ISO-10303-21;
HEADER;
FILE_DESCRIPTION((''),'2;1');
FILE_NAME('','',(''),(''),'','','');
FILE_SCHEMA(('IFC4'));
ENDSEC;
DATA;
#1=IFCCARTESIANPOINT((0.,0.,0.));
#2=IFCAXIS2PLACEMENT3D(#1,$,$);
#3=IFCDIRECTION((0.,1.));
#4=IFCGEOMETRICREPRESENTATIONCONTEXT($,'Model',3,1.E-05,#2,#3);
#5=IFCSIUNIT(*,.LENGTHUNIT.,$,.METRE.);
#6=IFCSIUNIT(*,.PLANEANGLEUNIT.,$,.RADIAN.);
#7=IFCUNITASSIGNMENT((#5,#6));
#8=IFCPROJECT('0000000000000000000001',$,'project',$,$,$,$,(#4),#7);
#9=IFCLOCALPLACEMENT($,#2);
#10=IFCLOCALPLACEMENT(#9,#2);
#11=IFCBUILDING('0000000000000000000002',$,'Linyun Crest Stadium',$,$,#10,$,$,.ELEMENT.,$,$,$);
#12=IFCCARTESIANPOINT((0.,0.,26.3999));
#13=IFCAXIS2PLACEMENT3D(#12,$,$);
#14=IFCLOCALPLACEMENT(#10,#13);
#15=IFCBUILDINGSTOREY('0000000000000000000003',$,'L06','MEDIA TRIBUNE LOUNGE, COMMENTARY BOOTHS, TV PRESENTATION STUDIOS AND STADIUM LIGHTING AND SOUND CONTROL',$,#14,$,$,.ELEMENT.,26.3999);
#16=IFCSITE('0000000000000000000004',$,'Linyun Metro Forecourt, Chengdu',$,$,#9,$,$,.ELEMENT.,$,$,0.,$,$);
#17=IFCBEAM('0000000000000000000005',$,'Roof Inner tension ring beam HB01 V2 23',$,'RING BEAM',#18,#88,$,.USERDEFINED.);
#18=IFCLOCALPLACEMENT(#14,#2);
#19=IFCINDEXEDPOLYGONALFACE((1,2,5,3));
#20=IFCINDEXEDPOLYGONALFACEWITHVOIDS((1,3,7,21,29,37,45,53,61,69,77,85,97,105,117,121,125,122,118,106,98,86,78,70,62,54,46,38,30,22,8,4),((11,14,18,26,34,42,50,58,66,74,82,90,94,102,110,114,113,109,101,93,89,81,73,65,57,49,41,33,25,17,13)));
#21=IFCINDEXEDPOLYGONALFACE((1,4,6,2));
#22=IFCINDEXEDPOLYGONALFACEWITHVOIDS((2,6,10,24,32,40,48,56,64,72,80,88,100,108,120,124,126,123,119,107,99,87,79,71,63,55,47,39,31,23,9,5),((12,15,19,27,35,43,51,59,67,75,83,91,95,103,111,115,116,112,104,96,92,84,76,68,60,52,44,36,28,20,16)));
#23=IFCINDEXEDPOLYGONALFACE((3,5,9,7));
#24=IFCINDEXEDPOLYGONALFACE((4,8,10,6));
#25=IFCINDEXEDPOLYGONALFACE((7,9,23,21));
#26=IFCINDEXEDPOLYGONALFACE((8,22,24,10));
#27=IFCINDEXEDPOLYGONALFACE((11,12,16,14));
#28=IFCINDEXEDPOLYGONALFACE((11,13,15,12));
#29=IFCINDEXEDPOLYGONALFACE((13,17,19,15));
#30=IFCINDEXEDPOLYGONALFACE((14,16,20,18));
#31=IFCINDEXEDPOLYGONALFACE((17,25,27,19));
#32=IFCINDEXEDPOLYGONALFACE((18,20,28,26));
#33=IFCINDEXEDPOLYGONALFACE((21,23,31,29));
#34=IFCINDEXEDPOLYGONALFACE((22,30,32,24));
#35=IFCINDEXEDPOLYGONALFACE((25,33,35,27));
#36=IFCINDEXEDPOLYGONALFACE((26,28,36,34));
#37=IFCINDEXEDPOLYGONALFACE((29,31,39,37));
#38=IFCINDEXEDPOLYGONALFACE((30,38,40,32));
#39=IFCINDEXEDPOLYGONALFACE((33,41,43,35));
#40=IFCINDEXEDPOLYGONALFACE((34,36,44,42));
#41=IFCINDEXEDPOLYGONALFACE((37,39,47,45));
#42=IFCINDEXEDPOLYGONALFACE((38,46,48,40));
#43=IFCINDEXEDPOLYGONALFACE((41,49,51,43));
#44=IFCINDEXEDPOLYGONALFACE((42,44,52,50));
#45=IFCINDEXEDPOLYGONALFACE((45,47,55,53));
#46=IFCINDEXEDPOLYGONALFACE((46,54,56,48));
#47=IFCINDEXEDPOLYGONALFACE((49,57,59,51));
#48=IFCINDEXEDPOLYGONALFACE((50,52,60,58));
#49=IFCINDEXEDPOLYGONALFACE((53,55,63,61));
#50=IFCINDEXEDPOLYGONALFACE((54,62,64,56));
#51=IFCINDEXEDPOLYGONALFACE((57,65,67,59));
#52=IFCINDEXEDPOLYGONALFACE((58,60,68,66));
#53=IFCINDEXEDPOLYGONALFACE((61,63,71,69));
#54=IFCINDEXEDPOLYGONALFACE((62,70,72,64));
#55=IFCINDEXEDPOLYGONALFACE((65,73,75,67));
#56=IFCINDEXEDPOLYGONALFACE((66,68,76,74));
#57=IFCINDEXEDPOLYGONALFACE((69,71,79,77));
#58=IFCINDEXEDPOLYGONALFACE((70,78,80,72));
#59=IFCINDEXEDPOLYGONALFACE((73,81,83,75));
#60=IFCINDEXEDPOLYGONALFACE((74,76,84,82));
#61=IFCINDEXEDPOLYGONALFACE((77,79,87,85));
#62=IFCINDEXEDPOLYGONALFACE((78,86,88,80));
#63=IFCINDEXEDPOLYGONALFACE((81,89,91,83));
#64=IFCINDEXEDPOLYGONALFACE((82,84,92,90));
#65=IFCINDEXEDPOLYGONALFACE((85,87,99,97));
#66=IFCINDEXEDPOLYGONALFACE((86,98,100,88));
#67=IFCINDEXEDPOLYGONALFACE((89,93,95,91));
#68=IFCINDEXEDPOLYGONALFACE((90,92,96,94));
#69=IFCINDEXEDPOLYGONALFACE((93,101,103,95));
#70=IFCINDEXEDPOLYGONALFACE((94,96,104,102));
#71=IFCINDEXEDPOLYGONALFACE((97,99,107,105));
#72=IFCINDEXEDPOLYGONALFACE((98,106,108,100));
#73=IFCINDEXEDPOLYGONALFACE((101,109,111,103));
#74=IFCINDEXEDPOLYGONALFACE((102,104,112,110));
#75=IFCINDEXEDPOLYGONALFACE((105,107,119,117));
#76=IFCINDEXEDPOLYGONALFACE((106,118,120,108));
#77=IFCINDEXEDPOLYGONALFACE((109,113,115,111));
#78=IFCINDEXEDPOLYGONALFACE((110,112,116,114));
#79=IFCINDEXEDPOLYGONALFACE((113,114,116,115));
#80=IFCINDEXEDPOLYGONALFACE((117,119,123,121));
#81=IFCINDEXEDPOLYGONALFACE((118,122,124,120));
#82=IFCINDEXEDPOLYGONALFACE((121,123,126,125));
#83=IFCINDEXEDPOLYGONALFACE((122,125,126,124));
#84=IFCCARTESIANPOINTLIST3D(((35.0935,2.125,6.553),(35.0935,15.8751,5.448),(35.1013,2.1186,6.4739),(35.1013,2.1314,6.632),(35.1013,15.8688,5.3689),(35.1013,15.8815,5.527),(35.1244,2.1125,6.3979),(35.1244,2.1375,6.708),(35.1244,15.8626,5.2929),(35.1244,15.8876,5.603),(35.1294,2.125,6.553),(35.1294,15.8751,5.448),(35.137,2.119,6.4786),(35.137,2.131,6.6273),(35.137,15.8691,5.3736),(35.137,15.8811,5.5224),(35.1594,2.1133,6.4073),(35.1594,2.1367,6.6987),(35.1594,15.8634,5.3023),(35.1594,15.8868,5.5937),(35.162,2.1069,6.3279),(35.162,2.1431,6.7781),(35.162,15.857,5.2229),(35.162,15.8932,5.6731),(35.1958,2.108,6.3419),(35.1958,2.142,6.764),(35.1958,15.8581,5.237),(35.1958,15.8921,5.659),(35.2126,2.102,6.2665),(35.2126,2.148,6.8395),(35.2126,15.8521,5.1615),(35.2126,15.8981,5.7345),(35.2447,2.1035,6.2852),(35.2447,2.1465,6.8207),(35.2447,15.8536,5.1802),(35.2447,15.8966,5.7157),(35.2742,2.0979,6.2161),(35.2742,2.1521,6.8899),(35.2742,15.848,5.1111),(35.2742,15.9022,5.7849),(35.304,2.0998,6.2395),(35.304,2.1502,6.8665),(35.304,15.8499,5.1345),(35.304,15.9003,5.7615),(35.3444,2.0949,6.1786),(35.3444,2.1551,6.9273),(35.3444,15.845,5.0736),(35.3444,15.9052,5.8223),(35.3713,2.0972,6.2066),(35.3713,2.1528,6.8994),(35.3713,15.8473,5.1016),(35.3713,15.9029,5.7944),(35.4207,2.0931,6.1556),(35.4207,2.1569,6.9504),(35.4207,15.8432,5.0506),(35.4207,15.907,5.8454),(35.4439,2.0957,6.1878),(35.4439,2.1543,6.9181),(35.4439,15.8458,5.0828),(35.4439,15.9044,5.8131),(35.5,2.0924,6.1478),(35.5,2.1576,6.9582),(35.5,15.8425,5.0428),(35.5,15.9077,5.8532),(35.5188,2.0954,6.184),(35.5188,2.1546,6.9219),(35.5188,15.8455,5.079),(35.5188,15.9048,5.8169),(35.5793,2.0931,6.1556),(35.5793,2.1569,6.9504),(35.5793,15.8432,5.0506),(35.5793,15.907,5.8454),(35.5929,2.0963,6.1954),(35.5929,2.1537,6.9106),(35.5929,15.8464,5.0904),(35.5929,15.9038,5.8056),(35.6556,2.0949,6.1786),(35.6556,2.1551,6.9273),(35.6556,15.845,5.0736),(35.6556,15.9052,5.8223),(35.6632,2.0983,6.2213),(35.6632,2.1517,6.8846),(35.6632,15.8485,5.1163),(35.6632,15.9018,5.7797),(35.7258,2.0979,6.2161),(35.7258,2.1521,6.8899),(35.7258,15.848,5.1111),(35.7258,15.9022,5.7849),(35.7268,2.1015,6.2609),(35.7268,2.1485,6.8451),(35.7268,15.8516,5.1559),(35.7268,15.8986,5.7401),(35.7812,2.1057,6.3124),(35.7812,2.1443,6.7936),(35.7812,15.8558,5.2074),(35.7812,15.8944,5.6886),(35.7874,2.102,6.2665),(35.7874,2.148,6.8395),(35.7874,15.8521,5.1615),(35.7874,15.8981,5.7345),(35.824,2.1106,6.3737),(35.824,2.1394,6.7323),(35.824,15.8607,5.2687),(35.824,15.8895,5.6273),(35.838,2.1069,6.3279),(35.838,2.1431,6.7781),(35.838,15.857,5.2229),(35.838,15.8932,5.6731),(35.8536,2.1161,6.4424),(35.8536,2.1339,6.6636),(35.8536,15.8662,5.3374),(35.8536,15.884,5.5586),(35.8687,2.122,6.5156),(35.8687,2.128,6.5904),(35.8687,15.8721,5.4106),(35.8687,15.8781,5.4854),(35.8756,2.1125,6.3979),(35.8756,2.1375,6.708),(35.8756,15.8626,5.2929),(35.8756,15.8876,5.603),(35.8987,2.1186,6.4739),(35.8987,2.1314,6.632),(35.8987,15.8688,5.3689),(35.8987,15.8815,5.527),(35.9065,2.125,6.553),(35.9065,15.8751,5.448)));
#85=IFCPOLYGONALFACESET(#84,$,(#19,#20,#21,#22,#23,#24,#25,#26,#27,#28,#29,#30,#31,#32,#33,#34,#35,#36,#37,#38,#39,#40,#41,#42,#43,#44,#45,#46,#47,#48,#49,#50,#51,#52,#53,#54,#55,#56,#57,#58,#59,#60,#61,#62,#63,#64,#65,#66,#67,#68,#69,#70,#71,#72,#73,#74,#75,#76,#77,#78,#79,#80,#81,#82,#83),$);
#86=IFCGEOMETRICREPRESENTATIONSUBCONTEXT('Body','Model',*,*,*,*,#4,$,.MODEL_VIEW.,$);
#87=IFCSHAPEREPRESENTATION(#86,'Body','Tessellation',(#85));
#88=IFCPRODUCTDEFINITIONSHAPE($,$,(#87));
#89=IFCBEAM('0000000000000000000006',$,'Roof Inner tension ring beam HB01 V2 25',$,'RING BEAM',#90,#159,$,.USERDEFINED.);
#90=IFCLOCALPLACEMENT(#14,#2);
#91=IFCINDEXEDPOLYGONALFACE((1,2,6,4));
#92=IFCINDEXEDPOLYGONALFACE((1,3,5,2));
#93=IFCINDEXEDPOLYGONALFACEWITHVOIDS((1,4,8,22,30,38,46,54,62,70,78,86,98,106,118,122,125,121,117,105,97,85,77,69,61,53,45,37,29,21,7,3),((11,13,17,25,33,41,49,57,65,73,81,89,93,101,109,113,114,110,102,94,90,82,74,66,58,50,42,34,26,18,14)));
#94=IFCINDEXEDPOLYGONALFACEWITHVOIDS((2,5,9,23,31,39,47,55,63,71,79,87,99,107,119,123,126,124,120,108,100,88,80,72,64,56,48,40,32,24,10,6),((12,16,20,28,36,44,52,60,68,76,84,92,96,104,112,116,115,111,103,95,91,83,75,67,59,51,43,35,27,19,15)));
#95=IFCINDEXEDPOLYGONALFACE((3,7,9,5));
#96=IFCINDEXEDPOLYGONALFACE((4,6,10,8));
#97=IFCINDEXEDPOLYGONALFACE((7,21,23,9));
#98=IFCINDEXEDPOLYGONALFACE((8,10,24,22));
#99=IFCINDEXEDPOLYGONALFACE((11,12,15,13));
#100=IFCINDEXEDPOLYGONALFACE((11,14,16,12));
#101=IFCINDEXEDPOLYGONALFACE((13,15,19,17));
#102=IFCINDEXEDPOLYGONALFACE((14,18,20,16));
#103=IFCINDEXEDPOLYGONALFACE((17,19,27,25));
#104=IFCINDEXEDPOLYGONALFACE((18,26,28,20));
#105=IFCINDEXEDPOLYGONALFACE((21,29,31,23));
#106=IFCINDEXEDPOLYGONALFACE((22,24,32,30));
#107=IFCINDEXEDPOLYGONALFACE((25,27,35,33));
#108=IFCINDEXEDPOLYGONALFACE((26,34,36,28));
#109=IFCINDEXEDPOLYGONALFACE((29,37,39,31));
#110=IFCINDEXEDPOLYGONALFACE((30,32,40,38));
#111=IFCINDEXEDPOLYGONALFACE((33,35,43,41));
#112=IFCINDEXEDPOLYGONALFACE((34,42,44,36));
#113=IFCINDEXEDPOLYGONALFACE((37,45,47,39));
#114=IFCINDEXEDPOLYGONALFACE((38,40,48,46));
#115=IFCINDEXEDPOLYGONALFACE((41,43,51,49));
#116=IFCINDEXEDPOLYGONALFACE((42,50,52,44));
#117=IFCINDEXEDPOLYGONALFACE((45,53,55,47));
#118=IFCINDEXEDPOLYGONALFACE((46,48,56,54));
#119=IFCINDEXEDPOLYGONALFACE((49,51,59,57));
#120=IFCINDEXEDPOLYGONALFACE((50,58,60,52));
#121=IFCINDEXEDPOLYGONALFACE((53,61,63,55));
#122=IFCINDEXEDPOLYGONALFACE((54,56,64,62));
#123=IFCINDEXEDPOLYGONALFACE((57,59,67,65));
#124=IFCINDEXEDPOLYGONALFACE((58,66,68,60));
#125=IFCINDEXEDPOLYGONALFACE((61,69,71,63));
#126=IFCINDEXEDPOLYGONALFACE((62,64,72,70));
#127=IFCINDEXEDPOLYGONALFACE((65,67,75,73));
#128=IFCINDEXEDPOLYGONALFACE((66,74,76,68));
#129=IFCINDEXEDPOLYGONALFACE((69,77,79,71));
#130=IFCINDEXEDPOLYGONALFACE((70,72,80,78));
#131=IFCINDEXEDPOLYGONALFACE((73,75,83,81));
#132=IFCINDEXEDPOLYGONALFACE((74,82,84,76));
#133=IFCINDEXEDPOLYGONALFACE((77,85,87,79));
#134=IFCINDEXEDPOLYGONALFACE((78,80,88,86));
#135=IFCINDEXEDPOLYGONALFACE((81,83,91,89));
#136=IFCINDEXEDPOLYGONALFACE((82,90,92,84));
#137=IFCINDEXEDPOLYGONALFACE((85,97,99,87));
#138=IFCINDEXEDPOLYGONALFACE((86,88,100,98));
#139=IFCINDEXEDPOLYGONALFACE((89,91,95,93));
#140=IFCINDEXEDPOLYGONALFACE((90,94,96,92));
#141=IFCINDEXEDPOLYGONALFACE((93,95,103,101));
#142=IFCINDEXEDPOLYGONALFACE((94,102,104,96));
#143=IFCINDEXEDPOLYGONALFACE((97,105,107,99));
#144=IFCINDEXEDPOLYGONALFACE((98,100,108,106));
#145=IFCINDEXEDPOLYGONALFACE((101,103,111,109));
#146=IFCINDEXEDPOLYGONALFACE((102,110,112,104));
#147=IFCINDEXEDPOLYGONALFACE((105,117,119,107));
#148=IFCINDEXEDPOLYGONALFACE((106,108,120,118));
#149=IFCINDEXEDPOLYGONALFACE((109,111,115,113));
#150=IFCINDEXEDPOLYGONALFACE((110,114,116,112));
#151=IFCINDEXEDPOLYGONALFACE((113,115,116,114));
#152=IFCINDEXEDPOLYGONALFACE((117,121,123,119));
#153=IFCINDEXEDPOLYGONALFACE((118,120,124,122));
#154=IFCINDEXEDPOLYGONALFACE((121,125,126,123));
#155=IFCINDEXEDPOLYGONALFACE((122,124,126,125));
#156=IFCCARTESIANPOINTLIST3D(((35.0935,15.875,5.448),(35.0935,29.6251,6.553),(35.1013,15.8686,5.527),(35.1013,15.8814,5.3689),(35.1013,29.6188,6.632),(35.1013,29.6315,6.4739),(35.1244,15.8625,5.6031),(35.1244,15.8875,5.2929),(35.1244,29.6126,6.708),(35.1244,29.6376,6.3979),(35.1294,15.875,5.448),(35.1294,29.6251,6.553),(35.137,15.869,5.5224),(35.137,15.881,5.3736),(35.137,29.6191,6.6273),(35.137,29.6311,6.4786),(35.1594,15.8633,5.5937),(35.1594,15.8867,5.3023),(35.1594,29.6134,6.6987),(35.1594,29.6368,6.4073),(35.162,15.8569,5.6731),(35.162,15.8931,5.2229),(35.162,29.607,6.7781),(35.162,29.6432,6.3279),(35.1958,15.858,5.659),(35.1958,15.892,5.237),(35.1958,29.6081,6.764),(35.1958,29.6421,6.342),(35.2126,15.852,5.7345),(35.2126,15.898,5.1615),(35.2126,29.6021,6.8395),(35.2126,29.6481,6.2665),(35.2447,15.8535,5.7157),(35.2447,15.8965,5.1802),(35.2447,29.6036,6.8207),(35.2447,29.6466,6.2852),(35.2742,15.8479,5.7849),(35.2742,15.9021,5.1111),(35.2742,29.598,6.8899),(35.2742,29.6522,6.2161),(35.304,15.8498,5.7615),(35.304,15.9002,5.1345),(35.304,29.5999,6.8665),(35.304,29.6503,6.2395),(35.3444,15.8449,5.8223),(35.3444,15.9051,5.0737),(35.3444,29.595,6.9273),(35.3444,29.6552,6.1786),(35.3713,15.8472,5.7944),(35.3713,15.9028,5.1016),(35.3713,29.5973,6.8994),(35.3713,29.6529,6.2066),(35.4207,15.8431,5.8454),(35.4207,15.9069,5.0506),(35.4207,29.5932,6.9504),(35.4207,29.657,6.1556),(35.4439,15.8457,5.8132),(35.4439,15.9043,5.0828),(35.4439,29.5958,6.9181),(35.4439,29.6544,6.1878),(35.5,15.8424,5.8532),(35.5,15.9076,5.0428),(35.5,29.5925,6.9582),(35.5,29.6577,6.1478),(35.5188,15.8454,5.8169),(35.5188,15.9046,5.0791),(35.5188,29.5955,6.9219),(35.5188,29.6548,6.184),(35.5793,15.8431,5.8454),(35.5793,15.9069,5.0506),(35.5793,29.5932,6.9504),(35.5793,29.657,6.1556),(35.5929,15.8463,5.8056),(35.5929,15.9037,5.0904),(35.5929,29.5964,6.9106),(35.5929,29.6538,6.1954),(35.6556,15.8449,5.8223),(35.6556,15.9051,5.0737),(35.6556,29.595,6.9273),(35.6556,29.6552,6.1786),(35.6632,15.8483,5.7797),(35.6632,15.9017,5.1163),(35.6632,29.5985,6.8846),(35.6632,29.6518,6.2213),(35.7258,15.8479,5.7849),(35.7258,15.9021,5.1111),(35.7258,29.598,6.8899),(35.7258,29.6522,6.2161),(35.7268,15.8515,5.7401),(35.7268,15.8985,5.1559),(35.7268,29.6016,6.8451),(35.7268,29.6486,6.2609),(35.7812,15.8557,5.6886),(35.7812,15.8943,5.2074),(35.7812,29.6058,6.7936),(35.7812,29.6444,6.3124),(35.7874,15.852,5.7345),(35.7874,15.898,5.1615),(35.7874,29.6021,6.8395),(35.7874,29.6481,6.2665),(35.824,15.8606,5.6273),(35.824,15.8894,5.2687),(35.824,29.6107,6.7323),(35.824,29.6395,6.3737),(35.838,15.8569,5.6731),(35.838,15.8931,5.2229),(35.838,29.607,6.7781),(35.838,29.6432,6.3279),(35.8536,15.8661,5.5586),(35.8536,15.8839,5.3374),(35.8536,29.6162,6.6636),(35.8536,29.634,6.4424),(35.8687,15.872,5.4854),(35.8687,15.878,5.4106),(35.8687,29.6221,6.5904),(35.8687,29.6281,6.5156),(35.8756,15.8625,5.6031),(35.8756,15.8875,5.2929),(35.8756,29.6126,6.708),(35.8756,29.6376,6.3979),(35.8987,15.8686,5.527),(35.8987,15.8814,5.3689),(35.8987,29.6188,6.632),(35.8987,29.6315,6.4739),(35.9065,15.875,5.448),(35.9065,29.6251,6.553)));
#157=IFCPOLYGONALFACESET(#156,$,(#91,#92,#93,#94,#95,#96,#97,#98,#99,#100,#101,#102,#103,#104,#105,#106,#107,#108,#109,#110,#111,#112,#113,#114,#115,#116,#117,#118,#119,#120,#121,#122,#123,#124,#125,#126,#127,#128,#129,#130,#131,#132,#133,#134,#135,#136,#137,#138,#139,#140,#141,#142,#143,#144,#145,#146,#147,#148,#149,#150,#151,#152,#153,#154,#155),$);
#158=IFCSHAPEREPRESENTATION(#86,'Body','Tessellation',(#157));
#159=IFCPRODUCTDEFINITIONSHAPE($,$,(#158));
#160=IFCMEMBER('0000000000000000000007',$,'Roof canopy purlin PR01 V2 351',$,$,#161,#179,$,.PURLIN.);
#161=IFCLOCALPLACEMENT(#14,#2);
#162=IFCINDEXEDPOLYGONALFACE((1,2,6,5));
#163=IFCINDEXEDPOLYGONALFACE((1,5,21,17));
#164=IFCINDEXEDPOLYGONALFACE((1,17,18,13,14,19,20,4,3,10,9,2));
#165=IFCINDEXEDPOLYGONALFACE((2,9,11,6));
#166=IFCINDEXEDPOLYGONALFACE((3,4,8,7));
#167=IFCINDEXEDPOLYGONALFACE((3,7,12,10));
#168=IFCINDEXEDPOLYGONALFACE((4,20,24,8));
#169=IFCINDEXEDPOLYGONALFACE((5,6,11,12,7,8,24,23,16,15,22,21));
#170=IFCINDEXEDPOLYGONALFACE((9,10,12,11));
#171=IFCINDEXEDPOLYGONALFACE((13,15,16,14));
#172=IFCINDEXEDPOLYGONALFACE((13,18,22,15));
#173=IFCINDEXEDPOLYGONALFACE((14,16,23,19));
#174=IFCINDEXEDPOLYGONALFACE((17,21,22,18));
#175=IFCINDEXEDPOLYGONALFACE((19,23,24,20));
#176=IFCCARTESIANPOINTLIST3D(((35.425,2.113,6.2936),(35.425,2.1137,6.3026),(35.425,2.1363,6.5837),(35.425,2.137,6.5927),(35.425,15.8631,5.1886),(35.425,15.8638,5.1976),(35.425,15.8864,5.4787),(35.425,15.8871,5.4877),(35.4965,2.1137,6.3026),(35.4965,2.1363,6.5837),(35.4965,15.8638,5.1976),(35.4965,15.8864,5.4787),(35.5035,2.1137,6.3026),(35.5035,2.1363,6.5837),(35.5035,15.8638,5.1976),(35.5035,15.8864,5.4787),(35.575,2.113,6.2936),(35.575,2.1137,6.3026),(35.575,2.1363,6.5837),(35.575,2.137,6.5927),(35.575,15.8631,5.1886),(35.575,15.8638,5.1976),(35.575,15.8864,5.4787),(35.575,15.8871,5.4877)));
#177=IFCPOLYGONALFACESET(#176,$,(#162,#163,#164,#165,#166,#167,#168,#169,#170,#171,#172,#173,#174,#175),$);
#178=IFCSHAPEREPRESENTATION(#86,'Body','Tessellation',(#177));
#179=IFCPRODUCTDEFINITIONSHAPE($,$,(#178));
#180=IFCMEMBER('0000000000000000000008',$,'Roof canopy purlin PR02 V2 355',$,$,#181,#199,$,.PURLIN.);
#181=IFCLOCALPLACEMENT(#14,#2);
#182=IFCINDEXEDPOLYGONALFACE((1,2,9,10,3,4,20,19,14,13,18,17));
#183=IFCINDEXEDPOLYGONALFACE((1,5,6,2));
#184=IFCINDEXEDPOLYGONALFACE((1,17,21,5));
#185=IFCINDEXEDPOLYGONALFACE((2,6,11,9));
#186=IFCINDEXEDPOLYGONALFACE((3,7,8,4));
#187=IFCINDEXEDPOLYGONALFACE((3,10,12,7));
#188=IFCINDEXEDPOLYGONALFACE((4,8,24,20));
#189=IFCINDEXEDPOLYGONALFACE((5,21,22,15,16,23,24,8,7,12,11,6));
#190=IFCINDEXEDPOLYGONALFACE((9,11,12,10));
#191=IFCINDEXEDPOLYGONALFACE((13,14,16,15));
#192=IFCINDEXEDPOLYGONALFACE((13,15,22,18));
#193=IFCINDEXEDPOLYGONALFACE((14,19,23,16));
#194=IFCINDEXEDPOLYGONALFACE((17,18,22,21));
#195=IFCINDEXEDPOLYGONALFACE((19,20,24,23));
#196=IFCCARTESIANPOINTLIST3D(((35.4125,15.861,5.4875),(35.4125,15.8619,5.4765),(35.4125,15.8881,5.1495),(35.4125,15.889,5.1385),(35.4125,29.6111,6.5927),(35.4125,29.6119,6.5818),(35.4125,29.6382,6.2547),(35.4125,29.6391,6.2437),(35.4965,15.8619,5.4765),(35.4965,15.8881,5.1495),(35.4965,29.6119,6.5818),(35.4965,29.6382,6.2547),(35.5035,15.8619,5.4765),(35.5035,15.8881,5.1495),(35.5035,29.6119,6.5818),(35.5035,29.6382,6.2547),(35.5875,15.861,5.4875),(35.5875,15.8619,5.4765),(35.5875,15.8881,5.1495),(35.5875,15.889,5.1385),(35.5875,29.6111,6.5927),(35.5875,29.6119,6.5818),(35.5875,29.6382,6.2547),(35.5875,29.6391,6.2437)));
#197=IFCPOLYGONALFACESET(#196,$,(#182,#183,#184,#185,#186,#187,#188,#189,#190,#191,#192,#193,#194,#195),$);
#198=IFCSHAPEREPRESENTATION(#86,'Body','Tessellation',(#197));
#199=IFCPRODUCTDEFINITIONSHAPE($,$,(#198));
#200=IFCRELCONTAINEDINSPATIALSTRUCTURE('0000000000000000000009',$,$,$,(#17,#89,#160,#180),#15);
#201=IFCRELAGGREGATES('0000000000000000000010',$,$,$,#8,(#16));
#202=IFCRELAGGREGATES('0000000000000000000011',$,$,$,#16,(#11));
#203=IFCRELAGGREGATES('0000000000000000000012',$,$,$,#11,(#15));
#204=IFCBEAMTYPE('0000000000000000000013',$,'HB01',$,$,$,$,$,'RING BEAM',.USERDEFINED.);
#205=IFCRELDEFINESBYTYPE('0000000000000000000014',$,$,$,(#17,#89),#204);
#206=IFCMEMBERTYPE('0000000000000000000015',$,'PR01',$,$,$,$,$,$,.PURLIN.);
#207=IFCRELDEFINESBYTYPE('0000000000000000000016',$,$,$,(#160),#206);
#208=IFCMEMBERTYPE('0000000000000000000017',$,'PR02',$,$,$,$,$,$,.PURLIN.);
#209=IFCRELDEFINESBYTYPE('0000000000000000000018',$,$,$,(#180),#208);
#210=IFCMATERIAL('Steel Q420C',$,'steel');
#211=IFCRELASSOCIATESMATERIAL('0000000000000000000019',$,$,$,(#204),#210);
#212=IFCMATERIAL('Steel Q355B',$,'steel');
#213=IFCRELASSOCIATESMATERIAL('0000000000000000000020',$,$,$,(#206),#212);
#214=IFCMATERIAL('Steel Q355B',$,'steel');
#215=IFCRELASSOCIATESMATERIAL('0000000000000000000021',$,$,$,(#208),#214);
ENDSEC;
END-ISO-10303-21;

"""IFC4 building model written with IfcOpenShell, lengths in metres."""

from ifc_helpers import new_model, si_unit, direction, frame, origin, origin_2d, place, context, subcontext, project, spatial, hollow_circle, i_section, extrude, material, material_profile, profile_set, type_object, element, save


model = new_model("IFC4")

# Units and contexts
model_context = context("Model", 3, precision=1e-05, world=origin(), true_north=direction((0.0, 1.0)))
body_context = subcontext(model_context, "Body", "Model", "MODEL_VIEW")
ifc_project = project(units=[si_unit("LENGTHUNIT", "METRE"), si_unit("PLANEANGLEUNIT", "RADIAN")], contexts=[model_context])

# Site, building, storey
site_placement = place(None, origin())
site = spatial("IfcSite", under=ifc_project, at=site_placement, Name="Linyun Metro Forecourt, Chengdu", CompositionType="ELEMENT", RefElevation=0.0)
building_placement = place(site_placement, origin())
building = spatial("IfcBuilding", under=site, at=building_placement, Name="Linyun Crest Stadium", CompositionType="ELEMENT")
storey_placement = place(building_placement, frame((0.0, 0.0, 26.3999)))
storey = spatial("IfcBuildingStorey", under=building, at=storey_placement, Name="L06", Description="MEDIA TRIBUNE LOUNGE, COMMENTARY BOOTHS, TV PRESENTATION STUDIOS AND STADIUM LIGHTING AND SOUND CONTROL", CompositionType="ELEMENT", Elevation=26.3999)

# Beams
ifc_material_1 = material(Name="Steel Q420C", Category="steel")
ifc_material_profile_1 = material_profile(ifc_material_1, hollow_circle(Radius=0.4065, WallThickness=0.0359, at=origin_2d()), Name="CHS 813x36")
ifc_profile_set_1 = profile_set([ifc_material_profile_1], Name="Steel Q420C")
beam_type = type_object("IfcBeamType", Name="HB01", ElementType="RING BEAM", PredefinedType="USERDEFINED", material=ifc_profile_set_1)
for number, where, z_axis, x_axis, name in (
    (1, (35.5, 2.125, 6.553), (0.0, 0.996787, -0.080104), (-1.0, 0.0, 0.0), "Roof Inner tension ring beam HB01 V2 23"),
    (2, (35.5, 15.875, 5.448), (0.0, 0.996787, 0.080104), (-1.0, 0.0, 0.0), "Roof Inner tension ring beam HB01 V2 25"),
):
    element("IfcBeam", number, at=place(storey_placement, frame(where, z_axis=z_axis, x_axis=x_axis)), inside=storey, type_object=beam_type, Name=name, ObjectType="RING BEAM", PredefinedType="USERDEFINED", context=body_context, shape_type="SweptSolid", body=[
        extrude(hollow_circle(Radius=0.4065, WallThickness=0.0359, at=origin_2d()), origin(), (0.0, 0.0, 1.0), 13.7944),
    ])

# Members
ifc_material_2 = material(Name="Steel Q355B", Category="steel")
ifc_material_profile_2 = material_profile(ifc_material_2, i_section(OverallWidth=0.1499, OverallDepth=0.3, WebThickness=0.0071, FlangeThickness=0.009, at=origin_2d()), Name="HN 300x150")
ifc_profile_set_2 = profile_set([ifc_material_profile_2], Name="Steel Q355B")
member_type_1 = type_object("IfcMemberType", Name="PR01", PredefinedType="PURLIN", material=ifc_profile_set_2)
member_1_placement = place(storey_placement, frame((35.5, 2.125, 6.4431), z_axis=(0.0, 0.996787, -0.080104), x_axis=(-1.0, 0.0, 0.0)))
element("IfcMember", 3, at=member_1_placement, inside=storey, type_object=member_type_1, Name="Roof canopy purlin PR01 V2 351", PredefinedType="PURLIN", context=body_context, shape_type="SweptSolid", body=[
    extrude(i_section(OverallWidth=0.1499, OverallDepth=0.3, WebThickness=0.0071, FlangeThickness=0.009, at=origin_2d()), origin(), (0.0, 0.0, 1.0), 13.7944),
])
ifc_material_3 = material(Name="Steel Q355B", Category="steel")
ifc_material_profile_3 = material_profile(ifc_material_3, i_section(OverallWidth=0.175, OverallDepth=0.3501, WebThickness=0.0071, FlangeThickness=0.011, at=origin_2d()), Name="HN 350x175")
ifc_profile_set_3 = profile_set([ifc_material_profile_3], Name="Steel Q355B")
member_type_2 = type_object("IfcMemberType", Name="PR02", PredefinedType="PURLIN", material=ifc_profile_set_3)
member_2_placement = place(storey_placement, frame((35.5, 15.875, 5.313), z_axis=(0.0, 0.996785, 0.080122), x_axis=(-1.0, 0.0, 0.0)))
element("IfcMember", 4, at=member_2_placement, inside=storey, type_object=member_type_2, Name="Roof canopy purlin PR02 V2 355", PredefinedType="PURLIN", context=body_context, shape_type="SweptSolid", body=[
    extrude(i_section(OverallWidth=0.175, OverallDepth=0.3501, WebThickness=0.0071, FlangeThickness=0.011, at=origin_2d()), origin(), (0.0, 0.0, 1.0), 13.7944),
])

save(model, "model.ifc")
